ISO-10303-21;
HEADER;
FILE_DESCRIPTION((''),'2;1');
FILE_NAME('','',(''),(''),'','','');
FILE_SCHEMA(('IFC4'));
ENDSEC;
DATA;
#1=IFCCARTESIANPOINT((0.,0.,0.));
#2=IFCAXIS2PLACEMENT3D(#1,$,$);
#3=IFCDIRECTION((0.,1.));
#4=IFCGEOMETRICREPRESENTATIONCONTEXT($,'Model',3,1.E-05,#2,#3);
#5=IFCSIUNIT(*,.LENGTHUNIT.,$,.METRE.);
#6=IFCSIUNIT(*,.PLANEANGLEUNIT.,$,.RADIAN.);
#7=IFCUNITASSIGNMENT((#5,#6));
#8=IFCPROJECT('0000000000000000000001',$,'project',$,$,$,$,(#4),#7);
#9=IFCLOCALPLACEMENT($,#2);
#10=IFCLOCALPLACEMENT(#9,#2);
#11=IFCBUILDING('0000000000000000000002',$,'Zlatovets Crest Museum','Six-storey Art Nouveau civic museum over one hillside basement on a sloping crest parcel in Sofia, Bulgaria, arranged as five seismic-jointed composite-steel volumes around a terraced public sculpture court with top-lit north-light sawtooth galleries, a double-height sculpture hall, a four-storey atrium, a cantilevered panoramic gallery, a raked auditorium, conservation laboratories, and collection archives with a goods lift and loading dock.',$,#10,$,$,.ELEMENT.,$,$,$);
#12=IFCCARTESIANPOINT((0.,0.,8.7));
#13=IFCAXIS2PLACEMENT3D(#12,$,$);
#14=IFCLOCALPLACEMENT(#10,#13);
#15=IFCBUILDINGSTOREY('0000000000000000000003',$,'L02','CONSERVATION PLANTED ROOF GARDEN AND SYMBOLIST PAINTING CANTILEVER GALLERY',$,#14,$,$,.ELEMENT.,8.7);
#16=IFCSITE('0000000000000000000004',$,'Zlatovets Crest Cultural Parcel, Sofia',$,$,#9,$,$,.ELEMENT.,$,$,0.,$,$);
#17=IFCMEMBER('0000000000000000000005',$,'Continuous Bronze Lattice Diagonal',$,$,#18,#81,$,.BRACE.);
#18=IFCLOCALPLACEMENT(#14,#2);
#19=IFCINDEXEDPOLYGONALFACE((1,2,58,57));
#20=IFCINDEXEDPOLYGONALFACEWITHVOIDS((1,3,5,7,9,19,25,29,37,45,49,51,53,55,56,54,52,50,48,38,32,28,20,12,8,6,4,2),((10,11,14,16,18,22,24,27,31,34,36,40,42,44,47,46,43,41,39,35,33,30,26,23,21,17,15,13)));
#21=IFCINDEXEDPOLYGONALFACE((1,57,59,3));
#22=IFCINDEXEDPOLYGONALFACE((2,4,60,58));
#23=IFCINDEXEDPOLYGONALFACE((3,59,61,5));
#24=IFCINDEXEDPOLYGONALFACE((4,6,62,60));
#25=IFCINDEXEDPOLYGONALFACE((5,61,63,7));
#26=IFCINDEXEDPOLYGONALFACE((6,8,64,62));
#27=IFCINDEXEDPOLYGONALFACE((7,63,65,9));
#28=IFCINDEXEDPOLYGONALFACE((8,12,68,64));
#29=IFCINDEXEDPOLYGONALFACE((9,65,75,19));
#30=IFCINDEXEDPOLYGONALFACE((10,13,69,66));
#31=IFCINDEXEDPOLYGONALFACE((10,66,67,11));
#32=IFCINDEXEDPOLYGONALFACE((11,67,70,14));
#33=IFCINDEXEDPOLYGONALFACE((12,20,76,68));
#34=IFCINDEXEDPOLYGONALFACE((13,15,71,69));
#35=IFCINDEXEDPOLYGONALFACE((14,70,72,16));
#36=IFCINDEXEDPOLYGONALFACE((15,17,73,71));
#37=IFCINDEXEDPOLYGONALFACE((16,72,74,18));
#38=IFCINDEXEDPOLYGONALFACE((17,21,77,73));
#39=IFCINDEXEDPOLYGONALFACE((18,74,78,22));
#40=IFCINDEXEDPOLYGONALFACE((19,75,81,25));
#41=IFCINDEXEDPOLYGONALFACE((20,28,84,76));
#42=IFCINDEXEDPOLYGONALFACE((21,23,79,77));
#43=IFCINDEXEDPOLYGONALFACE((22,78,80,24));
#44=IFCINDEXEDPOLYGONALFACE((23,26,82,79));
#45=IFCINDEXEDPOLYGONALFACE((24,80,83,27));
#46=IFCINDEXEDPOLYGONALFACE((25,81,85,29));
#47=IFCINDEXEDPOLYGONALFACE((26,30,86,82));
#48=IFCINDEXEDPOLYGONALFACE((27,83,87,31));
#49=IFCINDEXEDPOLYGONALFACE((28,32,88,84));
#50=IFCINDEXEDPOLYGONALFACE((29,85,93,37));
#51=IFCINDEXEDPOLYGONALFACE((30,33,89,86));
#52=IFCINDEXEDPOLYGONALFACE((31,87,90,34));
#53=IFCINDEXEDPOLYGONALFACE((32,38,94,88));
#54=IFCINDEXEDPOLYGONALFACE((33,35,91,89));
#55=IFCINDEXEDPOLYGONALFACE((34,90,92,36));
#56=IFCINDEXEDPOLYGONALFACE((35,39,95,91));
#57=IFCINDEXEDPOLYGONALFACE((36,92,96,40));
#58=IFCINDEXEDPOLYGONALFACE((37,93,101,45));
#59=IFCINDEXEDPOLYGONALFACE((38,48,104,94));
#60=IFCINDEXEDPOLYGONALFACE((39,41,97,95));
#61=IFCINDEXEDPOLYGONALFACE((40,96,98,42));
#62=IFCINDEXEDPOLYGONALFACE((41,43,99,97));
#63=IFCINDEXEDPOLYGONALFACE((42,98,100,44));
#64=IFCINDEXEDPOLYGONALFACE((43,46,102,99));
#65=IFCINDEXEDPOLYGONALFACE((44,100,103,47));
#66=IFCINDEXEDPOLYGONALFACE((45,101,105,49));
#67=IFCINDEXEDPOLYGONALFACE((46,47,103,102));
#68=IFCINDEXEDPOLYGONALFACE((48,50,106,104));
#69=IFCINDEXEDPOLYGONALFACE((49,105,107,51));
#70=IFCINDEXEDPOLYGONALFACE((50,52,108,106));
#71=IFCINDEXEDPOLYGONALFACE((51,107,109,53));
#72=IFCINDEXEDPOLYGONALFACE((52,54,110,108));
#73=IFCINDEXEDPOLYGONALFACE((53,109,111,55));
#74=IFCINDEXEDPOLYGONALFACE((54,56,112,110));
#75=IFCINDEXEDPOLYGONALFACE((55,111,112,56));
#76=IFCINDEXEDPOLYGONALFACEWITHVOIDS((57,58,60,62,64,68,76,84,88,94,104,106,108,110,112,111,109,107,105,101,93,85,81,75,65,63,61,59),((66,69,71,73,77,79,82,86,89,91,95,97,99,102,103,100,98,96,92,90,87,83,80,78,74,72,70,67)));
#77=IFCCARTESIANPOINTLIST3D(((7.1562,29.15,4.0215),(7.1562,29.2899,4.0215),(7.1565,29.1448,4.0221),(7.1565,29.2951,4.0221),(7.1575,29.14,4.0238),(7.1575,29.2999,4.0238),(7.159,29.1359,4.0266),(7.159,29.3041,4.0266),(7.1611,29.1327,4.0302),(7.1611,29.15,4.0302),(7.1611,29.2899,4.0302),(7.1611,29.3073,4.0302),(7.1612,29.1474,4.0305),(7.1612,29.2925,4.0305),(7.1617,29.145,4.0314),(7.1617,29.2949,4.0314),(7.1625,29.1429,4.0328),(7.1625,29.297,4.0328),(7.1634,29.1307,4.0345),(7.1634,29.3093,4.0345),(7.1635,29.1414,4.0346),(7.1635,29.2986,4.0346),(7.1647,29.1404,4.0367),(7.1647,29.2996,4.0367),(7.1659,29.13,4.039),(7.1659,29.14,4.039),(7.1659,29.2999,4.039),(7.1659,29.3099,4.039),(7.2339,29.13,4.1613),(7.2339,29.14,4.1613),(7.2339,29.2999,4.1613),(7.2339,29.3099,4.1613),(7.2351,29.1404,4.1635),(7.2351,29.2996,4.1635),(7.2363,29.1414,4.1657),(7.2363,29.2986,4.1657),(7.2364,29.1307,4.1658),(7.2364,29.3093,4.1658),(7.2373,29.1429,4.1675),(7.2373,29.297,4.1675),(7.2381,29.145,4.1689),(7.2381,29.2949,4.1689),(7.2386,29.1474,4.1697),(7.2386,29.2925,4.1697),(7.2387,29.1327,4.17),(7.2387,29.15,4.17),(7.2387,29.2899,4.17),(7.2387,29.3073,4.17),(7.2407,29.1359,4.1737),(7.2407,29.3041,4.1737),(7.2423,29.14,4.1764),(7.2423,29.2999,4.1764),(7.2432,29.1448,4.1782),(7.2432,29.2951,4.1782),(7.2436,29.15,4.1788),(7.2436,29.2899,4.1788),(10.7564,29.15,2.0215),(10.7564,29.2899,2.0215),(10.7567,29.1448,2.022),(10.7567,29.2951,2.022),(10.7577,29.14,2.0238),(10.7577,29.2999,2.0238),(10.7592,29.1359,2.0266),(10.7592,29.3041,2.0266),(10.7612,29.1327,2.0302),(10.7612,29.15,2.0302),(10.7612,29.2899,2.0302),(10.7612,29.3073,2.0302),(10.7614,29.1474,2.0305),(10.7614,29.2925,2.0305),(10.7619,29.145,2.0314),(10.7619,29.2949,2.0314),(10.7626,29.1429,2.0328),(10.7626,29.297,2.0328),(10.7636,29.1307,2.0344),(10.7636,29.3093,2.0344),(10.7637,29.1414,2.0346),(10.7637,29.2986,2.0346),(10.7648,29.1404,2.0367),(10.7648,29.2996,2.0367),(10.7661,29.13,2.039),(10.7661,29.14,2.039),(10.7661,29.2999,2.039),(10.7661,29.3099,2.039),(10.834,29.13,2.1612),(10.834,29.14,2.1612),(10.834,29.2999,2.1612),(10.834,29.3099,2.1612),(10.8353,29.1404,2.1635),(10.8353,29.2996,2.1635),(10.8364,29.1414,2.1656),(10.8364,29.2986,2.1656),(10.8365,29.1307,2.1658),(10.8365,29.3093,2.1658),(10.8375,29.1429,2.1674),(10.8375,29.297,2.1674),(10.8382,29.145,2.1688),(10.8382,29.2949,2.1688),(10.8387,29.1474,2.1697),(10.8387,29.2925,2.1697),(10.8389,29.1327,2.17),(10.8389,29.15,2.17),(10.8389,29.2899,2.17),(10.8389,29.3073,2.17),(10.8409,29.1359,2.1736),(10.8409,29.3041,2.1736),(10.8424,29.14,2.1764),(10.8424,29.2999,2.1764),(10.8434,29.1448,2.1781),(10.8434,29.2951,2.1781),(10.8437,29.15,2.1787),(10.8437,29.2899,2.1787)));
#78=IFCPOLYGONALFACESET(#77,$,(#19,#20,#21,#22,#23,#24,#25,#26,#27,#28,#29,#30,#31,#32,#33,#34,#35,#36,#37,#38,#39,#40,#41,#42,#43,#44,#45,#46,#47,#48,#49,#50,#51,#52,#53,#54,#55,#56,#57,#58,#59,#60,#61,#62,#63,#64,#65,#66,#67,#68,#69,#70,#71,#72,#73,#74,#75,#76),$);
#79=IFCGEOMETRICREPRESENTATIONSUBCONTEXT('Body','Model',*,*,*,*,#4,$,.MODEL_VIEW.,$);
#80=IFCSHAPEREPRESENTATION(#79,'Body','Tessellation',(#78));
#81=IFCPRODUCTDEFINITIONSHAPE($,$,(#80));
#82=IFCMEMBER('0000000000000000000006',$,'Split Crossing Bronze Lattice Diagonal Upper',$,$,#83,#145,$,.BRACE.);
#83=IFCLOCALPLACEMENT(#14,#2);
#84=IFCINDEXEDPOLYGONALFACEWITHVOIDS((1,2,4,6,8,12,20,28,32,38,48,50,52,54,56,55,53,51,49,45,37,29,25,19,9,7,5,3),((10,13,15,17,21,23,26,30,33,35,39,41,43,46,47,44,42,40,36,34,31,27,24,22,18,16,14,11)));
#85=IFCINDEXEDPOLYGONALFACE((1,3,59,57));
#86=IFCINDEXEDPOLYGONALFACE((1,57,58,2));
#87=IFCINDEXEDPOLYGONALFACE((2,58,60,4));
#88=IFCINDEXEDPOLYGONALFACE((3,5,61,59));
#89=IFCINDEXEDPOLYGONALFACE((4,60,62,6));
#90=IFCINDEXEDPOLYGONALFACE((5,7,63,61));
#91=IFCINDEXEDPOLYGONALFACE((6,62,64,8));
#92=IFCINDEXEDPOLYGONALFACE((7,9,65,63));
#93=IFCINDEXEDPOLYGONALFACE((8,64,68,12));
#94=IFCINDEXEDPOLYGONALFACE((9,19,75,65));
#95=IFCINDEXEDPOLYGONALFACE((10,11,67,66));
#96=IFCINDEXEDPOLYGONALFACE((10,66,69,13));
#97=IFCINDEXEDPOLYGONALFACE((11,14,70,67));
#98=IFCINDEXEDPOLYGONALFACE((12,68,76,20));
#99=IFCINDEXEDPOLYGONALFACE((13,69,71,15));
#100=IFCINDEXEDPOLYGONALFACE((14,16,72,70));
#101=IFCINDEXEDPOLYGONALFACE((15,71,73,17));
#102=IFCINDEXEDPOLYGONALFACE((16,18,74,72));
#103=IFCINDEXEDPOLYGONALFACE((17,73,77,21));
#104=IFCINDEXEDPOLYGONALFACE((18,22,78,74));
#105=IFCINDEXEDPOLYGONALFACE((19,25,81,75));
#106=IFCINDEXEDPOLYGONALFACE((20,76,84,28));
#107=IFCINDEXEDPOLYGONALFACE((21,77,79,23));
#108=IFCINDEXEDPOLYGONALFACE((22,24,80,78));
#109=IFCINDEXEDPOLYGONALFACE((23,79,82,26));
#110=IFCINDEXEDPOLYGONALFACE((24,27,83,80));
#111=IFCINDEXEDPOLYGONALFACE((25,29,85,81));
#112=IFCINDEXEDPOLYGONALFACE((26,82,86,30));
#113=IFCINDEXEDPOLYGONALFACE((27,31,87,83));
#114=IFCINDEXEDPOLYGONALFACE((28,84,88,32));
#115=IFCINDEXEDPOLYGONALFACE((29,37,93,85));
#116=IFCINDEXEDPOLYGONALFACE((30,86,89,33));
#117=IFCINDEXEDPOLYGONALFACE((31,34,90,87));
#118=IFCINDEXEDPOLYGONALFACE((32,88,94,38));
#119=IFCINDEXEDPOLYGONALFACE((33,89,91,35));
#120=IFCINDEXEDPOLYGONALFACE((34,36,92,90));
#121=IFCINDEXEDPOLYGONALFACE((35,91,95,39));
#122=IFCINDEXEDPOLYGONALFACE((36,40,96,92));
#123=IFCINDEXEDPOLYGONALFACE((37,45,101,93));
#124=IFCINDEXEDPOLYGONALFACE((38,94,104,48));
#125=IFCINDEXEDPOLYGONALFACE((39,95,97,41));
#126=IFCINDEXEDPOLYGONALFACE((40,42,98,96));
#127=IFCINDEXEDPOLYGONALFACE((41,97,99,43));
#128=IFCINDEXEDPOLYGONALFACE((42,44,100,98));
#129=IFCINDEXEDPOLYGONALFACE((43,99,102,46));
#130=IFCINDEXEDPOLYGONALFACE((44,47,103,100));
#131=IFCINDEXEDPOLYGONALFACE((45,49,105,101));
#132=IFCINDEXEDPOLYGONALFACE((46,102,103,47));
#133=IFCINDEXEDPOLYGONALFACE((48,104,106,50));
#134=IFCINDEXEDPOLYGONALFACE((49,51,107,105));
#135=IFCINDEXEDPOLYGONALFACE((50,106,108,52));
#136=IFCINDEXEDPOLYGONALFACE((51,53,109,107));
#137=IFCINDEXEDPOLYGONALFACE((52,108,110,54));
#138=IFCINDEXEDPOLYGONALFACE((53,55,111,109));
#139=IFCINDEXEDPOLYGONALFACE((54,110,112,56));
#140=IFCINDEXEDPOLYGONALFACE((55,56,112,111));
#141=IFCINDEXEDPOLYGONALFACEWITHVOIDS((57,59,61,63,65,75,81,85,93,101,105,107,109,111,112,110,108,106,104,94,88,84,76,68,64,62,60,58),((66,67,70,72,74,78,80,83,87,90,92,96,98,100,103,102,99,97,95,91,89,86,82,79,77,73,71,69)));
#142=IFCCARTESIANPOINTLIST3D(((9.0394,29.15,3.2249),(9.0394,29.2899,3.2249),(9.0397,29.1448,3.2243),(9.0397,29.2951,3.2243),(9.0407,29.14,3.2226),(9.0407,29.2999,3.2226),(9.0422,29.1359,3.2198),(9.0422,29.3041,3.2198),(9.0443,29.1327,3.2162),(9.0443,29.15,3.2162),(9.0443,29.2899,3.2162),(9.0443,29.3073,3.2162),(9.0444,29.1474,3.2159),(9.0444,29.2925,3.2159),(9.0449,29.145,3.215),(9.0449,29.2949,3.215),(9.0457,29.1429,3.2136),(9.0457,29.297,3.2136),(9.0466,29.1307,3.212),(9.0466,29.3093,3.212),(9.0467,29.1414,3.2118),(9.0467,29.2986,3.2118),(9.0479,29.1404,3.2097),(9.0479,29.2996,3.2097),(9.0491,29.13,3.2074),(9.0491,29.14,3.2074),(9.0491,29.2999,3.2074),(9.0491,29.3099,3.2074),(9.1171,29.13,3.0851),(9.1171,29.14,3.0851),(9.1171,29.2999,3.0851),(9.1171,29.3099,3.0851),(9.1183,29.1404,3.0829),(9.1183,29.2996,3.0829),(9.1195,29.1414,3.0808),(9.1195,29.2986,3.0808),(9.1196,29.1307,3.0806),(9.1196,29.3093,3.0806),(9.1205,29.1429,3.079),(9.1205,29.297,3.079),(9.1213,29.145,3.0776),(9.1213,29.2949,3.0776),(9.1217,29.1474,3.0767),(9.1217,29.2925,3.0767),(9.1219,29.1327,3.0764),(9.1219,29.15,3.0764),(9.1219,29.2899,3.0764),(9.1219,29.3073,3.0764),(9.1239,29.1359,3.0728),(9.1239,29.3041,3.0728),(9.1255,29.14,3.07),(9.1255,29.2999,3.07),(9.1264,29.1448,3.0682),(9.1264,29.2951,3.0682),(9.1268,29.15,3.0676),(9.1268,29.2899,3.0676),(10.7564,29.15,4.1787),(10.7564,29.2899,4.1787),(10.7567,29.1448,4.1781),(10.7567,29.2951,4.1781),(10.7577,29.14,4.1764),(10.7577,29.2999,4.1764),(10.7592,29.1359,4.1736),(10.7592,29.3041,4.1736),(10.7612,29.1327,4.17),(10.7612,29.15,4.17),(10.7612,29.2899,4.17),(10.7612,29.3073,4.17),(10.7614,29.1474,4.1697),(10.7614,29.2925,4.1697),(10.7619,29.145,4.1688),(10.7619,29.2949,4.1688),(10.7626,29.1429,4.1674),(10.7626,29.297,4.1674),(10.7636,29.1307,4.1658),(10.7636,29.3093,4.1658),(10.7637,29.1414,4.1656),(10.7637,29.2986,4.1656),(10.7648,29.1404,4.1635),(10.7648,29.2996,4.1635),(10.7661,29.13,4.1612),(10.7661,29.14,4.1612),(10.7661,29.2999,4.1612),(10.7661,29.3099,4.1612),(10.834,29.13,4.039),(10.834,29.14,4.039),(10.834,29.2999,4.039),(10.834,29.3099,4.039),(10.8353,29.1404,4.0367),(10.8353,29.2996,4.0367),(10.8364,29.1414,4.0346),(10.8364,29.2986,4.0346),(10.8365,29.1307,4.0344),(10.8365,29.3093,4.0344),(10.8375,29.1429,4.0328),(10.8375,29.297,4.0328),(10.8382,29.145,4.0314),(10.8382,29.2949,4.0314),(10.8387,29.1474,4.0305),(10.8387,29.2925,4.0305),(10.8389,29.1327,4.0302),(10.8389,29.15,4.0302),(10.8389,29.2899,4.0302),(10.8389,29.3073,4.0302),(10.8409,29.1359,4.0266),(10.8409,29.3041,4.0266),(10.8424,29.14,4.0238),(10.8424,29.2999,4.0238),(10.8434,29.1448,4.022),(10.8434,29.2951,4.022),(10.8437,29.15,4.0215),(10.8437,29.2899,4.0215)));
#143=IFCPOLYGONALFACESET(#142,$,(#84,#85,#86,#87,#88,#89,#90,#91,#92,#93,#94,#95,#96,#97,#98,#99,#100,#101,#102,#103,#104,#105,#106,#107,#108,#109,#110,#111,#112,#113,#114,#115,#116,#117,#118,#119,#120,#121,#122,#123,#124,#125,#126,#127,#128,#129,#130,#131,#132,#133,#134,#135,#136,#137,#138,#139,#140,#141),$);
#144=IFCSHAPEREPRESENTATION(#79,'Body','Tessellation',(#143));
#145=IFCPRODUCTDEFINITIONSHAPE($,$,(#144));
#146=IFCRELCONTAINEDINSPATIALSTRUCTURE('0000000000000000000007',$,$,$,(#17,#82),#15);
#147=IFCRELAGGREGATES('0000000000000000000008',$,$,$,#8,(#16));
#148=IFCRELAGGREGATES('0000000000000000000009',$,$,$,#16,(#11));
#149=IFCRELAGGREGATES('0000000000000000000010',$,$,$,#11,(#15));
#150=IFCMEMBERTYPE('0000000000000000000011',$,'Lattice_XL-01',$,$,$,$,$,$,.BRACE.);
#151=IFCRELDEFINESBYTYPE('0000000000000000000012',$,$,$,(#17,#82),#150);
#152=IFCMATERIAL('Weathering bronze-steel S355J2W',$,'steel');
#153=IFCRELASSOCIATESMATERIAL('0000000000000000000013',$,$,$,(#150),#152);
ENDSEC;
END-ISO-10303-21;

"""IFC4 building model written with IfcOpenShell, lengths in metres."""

from ifc_helpers import new_model, si_unit, direction, frame, origin, origin_2d, place, context, subcontext, project, spatial, hollow_rectangle, extrude, material, material_profile, profile_set, type_object, element, save


model = new_model("IFC4")

# Units and contexts
model_context = context("Model", 3, precision=1e-05, world=origin(), true_north=direction((0.0, 1.0)))
body_context = subcontext(model_context, "Body", "Model", "MODEL_VIEW")
ifc_project = project(units=[si_unit("LENGTHUNIT", "METRE"), si_unit("PLANEANGLEUNIT", "RADIAN")], contexts=[model_context])

# Site, building, storey
site_placement = place(None, origin())
site = spatial("IfcSite", under=ifc_project, at=site_placement, Name="Zlatovets Crest Cultural Parcel, Sofia", CompositionType="ELEMENT", RefElevation=0.0)
building_placement = place(site_placement, origin())
building = spatial("IfcBuilding", under=site, at=building_placement, Name="Zlatovets Crest Museum", Description="Six-storey Art Nouveau civic museum over one hillside basement on a sloping crest parcel in Sofia, Bulgaria, arranged as five seismic-jointed composite-steel volumes around a terraced public sculpture court with top-lit north-light sawtooth galleries, a double-height sculpture hall, a four-storey atrium, a cantilevered panoramic gallery, a raked auditorium, conservation laboratories, and collection archives with a goods lift and loading dock.", CompositionType="ELEMENT")
storey_placement = place(building_placement, frame((0.0, 0.0, 8.7)))
storey = spatial("IfcBuildingStorey", under=building, at=storey_placement, Name="L02", Description="CONSERVATION PLANTED ROOF GARDEN AND SYMBOLIST PAINTING CANTILEVER GALLERY", CompositionType="ELEMENT", Elevation=8.7)

# Members
ifc_material_1 = material(Name="Weathering bronze-steel S355J2W", Category="steel")
ifc_material_profile_1 = material_profile(ifc_material_1, hollow_rectangle(XDim=0.1799, YDim=0.1799, WallThickness=0.01, InnerFilletRadius=0.01, OuterFilletRadius=0.02, at=origin_2d()), Name="SHS 180x180x10.0")
ifc_profile_set_1 = profile_set([ifc_material_profile_1], Name="Weathering bronze-steel S355J2W")
member_type_1 = type_object("IfcMemberType", Name="Lattice_XL-01", PredefinedType="BRACE", material=ifc_profile_set_1)
member_1_placement = place(storey_placement, frame((10.8, 29.22, 2.1001), z_axis=(-0.874163, 0.0, 0.485633), x_axis=(0.0, -1.0, 0.0)))
element("IfcMember", 1, at=member_1_placement, inside=storey, type_object=member_type_1, Name="Continuous Bronze Lattice Diagonal", PredefinedType="BRACE", context=body_context, shape_type="SweptSolid", body=[
    extrude(hollow_rectangle(XDim=0.1799, YDim=0.1799, WallThickness=0.01, InnerFilletRadius=0.01, OuterFilletRadius=0.02, at=origin_2d()), origin(), (0.0, 0.0, 1.0), 4.1184),
])
for number, where, z_axis, x_axis, name in (
    (2, (10.8, 29.22, 4.1001), (-0.874169, 0.0, -0.485622), (0.0, -1.0, 0.0), "Split Crossing Bronze Lattice Diagonal Upper"),
):
    element("IfcMember", number, at=place(storey_placement, frame(where, z_axis=z_axis, x_axis=x_axis)), inside=storey, type_object=member_type_1, Name=name, PredefinedType="BRACE", context=body_context, shape_type="SweptSolid", body=[
        extrude(hollow_rectangle(XDim=0.1799, YDim=0.1799, WallThickness=0.01, InnerFilletRadius=0.01, OuterFilletRadius=0.02, at=origin_2d()), origin(), (0.0, 0.0, 1.0), 1.9641),
    ])

save(model, "model.ifc")
